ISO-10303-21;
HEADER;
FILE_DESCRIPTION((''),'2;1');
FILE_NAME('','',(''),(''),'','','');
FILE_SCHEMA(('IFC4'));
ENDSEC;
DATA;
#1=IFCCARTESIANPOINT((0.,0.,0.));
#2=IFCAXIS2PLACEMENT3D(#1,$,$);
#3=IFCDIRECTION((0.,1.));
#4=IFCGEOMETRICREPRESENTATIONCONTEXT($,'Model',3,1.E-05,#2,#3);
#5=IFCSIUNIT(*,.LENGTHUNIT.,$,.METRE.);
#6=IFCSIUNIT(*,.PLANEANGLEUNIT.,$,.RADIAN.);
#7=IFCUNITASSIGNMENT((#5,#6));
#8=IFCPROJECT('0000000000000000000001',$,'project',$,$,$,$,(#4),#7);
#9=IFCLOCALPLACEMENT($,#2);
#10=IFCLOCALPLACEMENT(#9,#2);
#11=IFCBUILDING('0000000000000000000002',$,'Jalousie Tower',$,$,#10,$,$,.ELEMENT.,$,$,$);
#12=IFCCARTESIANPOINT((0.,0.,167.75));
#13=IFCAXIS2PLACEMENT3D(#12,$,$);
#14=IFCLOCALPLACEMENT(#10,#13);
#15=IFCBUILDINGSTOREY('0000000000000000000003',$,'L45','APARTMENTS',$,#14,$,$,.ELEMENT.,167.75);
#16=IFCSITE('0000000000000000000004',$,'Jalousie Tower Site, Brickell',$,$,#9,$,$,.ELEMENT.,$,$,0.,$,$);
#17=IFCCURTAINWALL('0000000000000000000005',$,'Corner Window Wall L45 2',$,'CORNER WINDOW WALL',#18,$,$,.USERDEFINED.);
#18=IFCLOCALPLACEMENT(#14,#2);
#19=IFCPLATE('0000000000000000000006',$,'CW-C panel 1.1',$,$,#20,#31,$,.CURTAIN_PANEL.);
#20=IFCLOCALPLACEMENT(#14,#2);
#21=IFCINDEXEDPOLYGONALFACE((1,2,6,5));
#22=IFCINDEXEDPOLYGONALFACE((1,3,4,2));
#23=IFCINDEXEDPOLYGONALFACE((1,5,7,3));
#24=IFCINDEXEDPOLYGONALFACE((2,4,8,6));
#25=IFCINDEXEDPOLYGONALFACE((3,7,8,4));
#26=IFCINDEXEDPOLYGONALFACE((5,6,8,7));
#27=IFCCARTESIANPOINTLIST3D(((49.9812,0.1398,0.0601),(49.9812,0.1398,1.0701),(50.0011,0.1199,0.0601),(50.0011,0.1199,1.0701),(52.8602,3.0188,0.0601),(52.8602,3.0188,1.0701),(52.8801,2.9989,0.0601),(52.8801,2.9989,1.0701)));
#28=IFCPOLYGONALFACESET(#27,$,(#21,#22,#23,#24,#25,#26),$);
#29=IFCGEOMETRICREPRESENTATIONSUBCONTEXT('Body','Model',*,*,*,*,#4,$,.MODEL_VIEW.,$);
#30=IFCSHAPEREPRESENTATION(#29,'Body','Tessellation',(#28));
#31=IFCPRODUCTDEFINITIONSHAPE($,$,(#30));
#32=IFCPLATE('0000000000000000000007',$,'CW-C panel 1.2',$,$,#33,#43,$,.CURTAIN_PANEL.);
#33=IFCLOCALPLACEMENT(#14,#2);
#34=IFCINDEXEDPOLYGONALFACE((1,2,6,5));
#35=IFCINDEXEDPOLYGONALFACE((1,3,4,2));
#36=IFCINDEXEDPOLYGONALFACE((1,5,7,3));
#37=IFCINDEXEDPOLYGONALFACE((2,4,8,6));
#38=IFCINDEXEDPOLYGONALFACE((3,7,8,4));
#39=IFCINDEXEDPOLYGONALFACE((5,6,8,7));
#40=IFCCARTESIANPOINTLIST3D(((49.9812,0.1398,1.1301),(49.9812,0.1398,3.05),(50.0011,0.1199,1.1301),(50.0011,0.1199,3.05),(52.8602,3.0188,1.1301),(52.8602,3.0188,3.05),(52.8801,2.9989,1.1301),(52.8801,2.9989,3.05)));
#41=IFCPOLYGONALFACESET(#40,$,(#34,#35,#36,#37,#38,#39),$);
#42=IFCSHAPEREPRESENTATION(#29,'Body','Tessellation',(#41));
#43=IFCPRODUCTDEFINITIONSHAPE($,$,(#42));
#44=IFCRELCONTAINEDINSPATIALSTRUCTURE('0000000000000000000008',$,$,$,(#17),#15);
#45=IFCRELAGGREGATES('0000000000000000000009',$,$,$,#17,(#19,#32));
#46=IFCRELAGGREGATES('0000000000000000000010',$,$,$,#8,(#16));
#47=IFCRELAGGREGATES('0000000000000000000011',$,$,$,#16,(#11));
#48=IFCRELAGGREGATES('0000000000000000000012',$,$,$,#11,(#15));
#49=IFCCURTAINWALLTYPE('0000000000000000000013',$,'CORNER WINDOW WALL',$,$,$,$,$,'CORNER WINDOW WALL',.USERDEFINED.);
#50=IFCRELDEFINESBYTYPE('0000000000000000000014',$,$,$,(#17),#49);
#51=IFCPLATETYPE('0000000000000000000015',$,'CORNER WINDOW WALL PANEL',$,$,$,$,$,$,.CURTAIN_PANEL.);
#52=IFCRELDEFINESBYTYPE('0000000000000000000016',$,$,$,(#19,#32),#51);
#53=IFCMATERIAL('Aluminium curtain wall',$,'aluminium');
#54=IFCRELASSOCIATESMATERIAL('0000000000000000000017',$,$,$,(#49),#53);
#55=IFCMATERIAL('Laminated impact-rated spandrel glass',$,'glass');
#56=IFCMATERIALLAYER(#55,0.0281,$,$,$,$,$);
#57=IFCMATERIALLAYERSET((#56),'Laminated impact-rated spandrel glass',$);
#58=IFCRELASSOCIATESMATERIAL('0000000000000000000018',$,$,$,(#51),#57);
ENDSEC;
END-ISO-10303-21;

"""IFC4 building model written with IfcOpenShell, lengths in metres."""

from ifc_helpers import new_model, si_unit, direction, frame, origin, origin_2d, place, context, subcontext, project, spatial, rectangle, extrude, material, layer, layer_set, type_object, element, aggregate, save


model = new_model("IFC4")

# Units and contexts
model_context = context("Model", 3, precision=1e-05, world=origin(), true_north=direction((0.0, 1.0)))
body_context = subcontext(model_context, "Body", "Model", "MODEL_VIEW")
ifc_project = project(units=[si_unit("LENGTHUNIT", "METRE"), si_unit("PLANEANGLEUNIT", "RADIAN")], contexts=[model_context])

# Site, building, storey
site_placement = place(None, origin())
site = spatial("IfcSite", under=ifc_project, at=site_placement, Name="Jalousie Tower Site, Brickell", CompositionType="ELEMENT", RefElevation=0.0)
building_placement = place(site_placement, origin())
building = spatial("IfcBuilding", under=site, at=building_placement, Name="Jalousie Tower", CompositionType="ELEMENT")
storey_placement = place(building_placement, frame((0.0, 0.0, 167.75)))
storey = spatial("IfcBuildingStorey", under=building, at=storey_placement, Name="L45", Description="APARTMENTS", CompositionType="ELEMENT", Elevation=167.75)

# Curtain wall
ifc_material_1 = material(Name="Aluminium curtain wall", Category="aluminium")
curtain_wall_type_1 = type_object("IfcCurtainWallType", Name="CORNER WINDOW WALL", ElementType="CORNER WINDOW WALL", PredefinedType="USERDEFINED", material=ifc_material_1)
curtain_wall_1_placement = place(storey_placement, origin())
curtain_wall_1 = element("IfcCurtainWall", 1, at=curtain_wall_1_placement, inside=storey, type_object=curtain_wall_type_1, Name="Corner Window Wall L45 2", ObjectType="CORNER WINDOW WALL", PredefinedType="USERDEFINED")

# Plates
ifc_material_2 = material(Name="Laminated impact-rated spandrel glass", Category="glass")
ifc_layer = layer(ifc_material_2, 0.0281)
ifc_layer_set = layer_set([ifc_layer], Name="Laminated impact-rated spandrel glass")
plate_type = type_object("IfcPlateType", Name="CORNER WINDOW WALL PANEL", PredefinedType="CURTAIN_PANEL", material=ifc_layer_set)
plate_1_placement = place(storey_placement, frame((51.4307, 1.5693, 0.0601), z_axis=(0.0, 0.0, 1.0), x_axis=(0.707107, 0.707107, 0.0)))
plate_1 = element("IfcPlate", 2, at=plate_1_placement, type_object=plate_type, Name="CW-C panel 1.1", PredefinedType="CURTAIN_PANEL", context=body_context, shape_type="SweptSolid", body=[
    extrude(rectangle(XDim=4.0715, YDim=0.0281, at=origin_2d()), origin(), (0.0, 0.0, 1.0), 1.01),
])
plate_2_placement = place(storey_placement, frame((51.4307, 1.5693, 1.1301), z_axis=(0.0, 0.0, 1.0), x_axis=(0.707107, 0.707107, 0.0)))
plate_2 = element("IfcPlate", 3, at=plate_2_placement, type_object=plate_type, Name="CW-C panel 1.2", PredefinedType="CURTAIN_PANEL", context=body_context, shape_type="SweptSolid", body=[
    extrude(rectangle(XDim=4.0715, YDim=0.0281, at=origin_2d()), origin(), (0.0, 0.0, 1.0), 1.9199),
])
aggregate(curtain_wall_1, [plate_1, plate_2])

save(model, "model.ifc")
